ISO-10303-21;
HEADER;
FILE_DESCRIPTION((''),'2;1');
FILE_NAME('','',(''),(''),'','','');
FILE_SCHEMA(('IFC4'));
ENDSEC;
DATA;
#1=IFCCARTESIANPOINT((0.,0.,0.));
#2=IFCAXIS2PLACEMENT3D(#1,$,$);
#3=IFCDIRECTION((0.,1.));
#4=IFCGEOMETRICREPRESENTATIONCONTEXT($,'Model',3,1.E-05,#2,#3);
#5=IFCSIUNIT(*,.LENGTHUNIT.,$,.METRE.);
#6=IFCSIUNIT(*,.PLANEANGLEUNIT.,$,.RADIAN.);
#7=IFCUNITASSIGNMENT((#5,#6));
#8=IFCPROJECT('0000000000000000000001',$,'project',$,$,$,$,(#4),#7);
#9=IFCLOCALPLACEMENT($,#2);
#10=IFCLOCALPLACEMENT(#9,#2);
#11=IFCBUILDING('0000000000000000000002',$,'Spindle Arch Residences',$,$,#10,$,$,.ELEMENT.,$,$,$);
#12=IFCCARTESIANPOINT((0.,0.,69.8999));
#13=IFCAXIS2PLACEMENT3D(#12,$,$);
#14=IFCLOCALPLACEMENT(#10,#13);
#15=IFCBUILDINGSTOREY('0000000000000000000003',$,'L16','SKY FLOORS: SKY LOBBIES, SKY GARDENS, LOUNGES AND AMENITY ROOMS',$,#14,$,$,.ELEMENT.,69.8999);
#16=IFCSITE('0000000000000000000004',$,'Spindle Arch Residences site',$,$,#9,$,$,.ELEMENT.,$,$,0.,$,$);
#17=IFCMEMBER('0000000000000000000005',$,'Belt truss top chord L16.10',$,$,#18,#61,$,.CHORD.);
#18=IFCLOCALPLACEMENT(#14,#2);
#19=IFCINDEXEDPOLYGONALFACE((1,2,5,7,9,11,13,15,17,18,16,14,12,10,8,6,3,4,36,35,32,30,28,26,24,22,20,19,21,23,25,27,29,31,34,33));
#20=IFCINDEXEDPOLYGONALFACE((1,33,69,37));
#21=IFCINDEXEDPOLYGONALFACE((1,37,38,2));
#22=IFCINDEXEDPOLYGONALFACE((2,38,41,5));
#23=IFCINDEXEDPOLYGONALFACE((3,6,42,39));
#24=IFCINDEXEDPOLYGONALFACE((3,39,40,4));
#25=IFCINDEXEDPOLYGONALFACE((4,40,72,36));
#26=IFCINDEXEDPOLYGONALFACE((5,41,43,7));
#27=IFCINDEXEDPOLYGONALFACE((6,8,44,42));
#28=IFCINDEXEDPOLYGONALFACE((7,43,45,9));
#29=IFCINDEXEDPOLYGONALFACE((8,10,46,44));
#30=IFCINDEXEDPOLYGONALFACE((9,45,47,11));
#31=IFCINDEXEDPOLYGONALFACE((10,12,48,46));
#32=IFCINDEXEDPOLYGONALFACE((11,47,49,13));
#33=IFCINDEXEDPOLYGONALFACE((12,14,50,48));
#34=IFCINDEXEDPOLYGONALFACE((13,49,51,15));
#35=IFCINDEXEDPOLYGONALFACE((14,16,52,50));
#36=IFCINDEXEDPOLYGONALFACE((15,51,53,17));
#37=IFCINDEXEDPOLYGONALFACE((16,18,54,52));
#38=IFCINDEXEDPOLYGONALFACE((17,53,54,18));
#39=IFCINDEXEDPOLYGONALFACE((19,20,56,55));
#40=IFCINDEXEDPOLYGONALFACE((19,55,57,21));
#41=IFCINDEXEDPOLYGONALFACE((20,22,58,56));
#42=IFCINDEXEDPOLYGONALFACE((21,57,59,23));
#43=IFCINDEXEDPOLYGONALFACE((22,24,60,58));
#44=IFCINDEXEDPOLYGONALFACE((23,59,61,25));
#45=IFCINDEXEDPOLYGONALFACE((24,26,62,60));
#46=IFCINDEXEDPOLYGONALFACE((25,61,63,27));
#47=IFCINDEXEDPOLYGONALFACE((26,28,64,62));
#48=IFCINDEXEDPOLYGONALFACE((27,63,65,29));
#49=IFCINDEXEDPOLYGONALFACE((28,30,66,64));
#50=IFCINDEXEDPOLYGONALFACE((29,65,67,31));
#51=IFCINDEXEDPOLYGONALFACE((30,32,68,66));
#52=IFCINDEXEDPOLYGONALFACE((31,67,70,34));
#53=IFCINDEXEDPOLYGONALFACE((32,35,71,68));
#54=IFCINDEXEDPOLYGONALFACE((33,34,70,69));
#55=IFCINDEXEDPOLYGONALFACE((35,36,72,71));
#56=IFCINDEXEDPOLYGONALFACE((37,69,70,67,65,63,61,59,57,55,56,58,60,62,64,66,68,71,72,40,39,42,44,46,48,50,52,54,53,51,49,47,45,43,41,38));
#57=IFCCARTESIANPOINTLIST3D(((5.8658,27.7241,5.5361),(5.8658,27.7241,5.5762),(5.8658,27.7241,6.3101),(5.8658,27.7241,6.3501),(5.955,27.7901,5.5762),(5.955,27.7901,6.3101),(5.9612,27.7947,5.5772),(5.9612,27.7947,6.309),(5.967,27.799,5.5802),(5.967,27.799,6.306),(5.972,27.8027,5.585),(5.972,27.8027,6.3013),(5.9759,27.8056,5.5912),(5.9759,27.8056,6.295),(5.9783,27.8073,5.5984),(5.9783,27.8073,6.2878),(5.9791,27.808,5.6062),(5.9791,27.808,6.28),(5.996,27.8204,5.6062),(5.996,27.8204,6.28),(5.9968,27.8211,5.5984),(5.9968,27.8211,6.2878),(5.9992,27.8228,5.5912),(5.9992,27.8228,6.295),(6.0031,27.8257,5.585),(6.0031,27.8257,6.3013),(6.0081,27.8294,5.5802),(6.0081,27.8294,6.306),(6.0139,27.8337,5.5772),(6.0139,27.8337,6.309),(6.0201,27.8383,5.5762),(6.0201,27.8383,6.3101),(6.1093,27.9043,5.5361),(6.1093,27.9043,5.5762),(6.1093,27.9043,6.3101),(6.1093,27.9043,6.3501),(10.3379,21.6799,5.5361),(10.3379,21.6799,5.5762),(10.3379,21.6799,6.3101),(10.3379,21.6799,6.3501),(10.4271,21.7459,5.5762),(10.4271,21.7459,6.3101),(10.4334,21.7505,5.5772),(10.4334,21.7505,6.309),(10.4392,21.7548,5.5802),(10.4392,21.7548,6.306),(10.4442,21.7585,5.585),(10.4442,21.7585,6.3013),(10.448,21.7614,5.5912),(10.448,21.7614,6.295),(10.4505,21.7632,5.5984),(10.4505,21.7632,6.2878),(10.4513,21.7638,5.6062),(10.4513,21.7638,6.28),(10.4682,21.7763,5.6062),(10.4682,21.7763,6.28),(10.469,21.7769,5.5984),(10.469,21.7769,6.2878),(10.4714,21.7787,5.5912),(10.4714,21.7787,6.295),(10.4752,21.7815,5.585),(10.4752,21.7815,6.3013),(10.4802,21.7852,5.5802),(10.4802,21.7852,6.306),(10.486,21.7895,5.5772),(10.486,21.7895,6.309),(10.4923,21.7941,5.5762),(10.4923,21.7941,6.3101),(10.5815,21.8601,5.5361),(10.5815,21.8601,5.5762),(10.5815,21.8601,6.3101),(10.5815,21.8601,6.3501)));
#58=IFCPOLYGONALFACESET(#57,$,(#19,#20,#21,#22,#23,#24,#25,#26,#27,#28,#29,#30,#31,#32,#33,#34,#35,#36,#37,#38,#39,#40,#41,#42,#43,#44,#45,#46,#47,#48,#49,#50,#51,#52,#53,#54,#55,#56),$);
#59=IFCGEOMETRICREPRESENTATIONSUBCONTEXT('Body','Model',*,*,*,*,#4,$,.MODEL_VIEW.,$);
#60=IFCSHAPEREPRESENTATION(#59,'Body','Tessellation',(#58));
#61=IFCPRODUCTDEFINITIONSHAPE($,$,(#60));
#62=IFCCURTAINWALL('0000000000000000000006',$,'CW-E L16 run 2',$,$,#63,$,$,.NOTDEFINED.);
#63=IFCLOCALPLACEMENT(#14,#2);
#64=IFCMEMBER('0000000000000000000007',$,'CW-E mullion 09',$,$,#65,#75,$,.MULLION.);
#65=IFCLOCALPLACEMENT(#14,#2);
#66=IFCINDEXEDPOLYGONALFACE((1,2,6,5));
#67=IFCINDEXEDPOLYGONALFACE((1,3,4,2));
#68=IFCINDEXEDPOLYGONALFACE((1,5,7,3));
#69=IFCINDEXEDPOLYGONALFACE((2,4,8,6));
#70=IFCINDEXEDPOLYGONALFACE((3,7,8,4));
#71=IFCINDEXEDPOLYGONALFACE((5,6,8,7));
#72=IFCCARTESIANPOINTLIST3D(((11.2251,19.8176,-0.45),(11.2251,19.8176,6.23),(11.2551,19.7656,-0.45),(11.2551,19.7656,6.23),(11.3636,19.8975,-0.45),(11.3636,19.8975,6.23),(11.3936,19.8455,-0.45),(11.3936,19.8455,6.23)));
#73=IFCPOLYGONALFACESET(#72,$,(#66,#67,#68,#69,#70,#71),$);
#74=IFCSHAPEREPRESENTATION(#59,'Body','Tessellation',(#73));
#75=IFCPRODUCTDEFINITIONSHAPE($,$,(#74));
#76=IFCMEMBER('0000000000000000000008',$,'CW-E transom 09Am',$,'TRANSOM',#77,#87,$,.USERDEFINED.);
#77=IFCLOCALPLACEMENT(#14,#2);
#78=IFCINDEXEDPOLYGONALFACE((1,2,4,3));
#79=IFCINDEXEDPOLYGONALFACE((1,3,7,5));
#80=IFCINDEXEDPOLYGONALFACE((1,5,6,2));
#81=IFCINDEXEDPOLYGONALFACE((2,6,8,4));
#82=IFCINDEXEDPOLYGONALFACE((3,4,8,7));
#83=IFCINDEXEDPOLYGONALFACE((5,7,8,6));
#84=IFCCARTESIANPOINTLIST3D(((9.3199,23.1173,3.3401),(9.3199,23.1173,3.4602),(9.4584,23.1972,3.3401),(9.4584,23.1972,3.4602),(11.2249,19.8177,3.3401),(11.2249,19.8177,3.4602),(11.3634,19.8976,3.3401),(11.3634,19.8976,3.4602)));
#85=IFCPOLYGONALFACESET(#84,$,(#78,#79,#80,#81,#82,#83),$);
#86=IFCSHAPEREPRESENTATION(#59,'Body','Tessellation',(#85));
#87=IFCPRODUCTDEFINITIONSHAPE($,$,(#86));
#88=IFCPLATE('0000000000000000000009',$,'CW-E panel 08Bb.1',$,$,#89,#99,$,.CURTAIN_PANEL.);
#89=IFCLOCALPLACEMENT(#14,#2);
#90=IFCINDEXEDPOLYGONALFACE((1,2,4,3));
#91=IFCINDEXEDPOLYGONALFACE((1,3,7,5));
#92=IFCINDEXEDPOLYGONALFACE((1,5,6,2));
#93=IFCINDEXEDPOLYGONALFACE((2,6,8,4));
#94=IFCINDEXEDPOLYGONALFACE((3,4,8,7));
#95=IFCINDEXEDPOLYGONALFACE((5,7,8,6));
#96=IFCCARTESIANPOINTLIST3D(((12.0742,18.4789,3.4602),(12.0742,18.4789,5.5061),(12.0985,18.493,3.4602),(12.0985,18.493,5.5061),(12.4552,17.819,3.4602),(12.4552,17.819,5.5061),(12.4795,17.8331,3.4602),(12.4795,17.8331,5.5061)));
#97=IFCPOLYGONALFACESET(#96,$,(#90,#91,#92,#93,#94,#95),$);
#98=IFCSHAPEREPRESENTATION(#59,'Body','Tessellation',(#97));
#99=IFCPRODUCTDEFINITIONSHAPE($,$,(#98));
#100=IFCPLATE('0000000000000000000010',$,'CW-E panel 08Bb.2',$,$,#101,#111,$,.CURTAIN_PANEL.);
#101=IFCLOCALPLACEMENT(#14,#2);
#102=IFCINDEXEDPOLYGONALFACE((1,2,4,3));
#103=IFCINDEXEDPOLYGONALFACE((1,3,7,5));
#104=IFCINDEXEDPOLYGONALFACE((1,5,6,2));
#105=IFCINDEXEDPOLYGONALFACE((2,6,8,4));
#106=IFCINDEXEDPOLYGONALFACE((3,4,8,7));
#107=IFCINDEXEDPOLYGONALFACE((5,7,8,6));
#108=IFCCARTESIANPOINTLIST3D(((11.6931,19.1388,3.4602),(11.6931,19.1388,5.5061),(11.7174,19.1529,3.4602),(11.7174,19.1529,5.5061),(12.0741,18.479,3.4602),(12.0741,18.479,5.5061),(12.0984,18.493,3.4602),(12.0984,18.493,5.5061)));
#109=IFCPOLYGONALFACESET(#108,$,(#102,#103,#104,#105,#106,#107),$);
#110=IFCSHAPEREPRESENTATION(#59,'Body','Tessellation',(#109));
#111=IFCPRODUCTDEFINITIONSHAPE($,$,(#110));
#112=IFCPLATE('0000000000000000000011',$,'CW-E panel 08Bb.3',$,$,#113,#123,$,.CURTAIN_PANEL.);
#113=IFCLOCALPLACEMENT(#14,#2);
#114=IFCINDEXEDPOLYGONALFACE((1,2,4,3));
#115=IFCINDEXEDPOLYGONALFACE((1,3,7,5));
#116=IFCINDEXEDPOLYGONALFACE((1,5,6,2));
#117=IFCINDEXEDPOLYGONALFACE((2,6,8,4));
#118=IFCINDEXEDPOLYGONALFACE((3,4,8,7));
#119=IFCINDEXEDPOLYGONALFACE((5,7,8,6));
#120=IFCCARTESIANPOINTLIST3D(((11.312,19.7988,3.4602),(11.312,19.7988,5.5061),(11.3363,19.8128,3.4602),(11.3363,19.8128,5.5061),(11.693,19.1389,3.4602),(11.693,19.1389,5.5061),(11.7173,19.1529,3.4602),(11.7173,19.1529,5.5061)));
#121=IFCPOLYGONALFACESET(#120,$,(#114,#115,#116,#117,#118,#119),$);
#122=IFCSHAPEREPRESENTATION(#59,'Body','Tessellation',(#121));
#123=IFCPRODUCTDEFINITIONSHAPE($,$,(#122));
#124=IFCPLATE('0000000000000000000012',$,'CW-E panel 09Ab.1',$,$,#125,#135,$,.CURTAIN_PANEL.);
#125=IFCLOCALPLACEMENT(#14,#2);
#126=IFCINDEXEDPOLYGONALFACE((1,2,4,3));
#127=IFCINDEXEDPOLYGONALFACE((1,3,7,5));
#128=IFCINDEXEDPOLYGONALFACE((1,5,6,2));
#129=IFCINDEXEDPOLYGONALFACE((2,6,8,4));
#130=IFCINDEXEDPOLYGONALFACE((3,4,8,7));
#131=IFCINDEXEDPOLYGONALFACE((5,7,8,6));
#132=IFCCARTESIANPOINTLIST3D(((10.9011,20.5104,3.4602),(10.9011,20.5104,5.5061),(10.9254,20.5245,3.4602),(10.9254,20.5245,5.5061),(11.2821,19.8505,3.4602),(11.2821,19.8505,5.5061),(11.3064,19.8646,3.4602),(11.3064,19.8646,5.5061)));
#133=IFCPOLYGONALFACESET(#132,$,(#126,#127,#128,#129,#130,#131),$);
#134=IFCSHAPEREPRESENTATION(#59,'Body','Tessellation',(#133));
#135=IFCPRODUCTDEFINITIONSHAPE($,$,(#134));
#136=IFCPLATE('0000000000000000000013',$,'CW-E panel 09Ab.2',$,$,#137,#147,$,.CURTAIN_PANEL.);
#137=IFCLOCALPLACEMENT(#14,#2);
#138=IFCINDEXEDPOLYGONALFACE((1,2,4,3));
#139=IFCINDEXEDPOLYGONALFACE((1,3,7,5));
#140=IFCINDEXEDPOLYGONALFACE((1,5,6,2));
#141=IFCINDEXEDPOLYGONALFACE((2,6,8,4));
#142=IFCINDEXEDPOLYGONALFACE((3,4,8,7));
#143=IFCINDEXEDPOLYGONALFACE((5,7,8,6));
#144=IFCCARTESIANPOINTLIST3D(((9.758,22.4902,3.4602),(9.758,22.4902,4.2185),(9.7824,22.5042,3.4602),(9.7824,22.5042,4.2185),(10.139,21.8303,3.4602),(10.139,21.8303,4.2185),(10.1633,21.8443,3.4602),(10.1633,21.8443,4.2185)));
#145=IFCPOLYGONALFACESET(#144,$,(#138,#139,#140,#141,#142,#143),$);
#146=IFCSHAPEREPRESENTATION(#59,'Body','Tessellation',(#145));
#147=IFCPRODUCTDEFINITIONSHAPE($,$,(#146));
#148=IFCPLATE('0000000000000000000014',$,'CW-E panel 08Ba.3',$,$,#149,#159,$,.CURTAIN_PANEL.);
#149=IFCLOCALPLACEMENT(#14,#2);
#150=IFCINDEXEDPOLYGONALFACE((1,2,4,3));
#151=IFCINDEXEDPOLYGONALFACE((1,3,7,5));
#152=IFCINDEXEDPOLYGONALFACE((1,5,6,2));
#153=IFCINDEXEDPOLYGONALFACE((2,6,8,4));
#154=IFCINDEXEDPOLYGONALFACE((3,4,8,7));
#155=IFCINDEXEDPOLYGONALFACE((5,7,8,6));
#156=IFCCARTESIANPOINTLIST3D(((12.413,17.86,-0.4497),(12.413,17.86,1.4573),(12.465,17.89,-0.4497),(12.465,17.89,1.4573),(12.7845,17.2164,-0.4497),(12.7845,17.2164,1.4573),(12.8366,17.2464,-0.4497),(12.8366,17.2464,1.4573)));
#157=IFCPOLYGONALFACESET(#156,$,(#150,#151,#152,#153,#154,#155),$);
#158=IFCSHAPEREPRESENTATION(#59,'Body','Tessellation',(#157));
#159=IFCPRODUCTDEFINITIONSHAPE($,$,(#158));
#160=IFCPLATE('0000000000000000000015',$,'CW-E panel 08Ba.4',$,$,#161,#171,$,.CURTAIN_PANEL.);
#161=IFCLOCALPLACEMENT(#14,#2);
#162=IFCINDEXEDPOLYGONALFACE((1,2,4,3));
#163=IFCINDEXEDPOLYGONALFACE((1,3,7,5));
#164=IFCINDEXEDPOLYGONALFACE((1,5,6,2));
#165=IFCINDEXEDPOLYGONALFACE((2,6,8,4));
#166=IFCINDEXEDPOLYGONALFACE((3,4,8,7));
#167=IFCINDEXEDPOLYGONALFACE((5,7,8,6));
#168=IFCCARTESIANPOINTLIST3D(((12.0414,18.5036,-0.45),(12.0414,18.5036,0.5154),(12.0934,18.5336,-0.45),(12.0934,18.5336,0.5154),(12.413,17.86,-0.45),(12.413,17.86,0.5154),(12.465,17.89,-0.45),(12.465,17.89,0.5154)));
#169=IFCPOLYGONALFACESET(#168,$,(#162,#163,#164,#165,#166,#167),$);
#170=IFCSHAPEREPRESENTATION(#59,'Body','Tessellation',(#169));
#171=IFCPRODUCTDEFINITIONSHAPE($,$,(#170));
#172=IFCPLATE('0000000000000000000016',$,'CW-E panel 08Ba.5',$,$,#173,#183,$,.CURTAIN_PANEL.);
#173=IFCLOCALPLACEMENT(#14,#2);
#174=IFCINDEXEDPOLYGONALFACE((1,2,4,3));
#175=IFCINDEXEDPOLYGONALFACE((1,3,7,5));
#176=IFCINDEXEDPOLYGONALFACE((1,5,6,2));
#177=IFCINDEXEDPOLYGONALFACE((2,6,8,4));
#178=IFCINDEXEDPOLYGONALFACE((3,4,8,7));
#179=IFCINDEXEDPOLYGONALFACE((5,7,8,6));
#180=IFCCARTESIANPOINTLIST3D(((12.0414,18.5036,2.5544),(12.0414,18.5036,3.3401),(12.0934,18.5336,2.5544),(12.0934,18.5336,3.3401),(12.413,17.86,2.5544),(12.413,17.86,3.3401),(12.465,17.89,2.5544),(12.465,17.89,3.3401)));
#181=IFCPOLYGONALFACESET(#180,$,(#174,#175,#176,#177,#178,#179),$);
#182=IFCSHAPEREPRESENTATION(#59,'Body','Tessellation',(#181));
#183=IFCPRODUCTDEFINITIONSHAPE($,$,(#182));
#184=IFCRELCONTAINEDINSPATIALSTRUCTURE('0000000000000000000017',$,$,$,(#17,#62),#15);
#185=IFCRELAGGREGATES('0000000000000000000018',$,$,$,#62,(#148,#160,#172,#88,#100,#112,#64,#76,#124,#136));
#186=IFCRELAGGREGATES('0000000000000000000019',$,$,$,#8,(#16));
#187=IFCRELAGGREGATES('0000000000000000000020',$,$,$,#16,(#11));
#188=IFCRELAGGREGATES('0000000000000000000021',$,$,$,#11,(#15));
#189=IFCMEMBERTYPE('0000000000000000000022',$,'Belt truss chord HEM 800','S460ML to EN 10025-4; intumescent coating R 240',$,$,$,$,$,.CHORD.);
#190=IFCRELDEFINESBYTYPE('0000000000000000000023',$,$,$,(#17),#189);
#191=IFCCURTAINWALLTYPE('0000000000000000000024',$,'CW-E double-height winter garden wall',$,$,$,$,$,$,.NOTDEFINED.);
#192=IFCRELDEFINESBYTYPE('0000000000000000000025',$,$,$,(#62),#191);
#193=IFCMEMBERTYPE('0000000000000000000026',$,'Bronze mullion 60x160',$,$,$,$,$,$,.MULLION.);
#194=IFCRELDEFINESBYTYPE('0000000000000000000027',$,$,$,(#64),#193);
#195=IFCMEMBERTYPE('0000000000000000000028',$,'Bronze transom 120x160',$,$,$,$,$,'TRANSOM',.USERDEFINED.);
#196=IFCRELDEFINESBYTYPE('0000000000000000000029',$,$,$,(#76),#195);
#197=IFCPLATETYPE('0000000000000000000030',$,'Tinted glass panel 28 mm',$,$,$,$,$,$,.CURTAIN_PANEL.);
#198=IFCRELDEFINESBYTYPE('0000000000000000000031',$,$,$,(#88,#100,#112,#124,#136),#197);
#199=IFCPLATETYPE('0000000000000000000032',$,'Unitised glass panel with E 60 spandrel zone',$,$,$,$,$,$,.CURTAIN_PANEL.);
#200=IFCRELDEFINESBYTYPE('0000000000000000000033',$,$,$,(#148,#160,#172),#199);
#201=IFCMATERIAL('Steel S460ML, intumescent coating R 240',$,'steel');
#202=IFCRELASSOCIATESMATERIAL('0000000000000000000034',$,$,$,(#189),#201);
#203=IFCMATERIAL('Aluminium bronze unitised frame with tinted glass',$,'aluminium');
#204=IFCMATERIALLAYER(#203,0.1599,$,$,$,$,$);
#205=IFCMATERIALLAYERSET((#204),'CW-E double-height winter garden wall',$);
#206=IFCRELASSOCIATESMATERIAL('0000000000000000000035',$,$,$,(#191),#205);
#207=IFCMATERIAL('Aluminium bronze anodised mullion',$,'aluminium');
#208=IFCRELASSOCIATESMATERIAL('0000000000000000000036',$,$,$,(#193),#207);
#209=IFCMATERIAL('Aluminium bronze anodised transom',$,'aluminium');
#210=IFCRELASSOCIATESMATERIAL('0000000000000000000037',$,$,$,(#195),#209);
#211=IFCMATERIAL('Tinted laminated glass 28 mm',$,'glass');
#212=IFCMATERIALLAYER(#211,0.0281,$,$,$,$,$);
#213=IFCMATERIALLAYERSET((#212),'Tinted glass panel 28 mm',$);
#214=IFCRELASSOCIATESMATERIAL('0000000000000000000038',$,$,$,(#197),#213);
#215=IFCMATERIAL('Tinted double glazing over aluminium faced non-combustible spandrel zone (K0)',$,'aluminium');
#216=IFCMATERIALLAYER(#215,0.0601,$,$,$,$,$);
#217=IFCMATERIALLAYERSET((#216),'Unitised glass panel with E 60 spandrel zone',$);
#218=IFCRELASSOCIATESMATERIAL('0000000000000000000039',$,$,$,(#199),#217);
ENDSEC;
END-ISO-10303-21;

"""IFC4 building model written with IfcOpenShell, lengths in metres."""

from ifc_helpers import new_model, si_unit, direction, frame, origin, origin_2d, place, context, subcontext, project, spatial, rectangle, i_section, extrude, material, layer, layer_set, material_profile, profile_set, type_object, element, aggregate, save


model = new_model("IFC4")

# Units and contexts
model_context = context("Model", 3, precision=1e-05, world=origin(), true_north=direction((0.0, 1.0)))
body_context = subcontext(model_context, "Body", "Model", "MODEL_VIEW")
ifc_project = project(units=[si_unit("LENGTHUNIT", "METRE"), si_unit("PLANEANGLEUNIT", "RADIAN")], contexts=[model_context])

# Site, building, storey
site_placement = place(None, origin())
site = spatial("IfcSite", under=ifc_project, at=site_placement, Name="Spindle Arch Residences site", CompositionType="ELEMENT", RefElevation=0.0)
building_placement = place(site_placement, origin())
building = spatial("IfcBuilding", under=site, at=building_placement, Name="Spindle Arch Residences", CompositionType="ELEMENT")
storey_placement = place(building_placement, frame((0.0, 0.0, 69.8999)))
storey = spatial("IfcBuildingStorey", under=building, at=storey_placement, Name="L16", Description="SKY FLOORS: SKY LOBBIES, SKY GARDENS, LOUNGES AND AMENITY ROOMS", CompositionType="ELEMENT", Elevation=69.8999)

# Member
ifc_material_1 = material(Name="Steel S460ML, intumescent coating R 240", Category="steel")
ifc_material_profile_1 = material_profile(ifc_material_1, i_section(OverallWidth=0.303, OverallDepth=0.814, WebThickness=0.021, FlangeThickness=0.04, FilletRadius=0.03, at=origin_2d()), Name="HEM 800")
ifc_profile_set_1 = profile_set([ifc_material_profile_1], Name="Steel S460ML, intumescent coating R 240")
member_type_1 = type_object("IfcMemberType", Name="Belt truss chord HEM 800", Description="S460ML to EN 10025-4; intumescent coating R 240", PredefinedType="CHORD", material=ifc_profile_set_1)
member_1_placement = place(storey_placement, frame((10.4597, 21.77, 5.9431), z_axis=(-0.594797, 0.803876, 0.0), x_axis=(-0.803876, -0.594797, 0.0)))
element("IfcMember", 1, at=member_1_placement, inside=storey, type_object=member_type_1, Name="Belt truss top chord L16.10", PredefinedType="CHORD", context=body_context, shape_type="SweptSolid", body=[
    extrude(i_section(OverallWidth=0.303, OverallDepth=0.814, WebThickness=0.021, FlangeThickness=0.04, FilletRadius=0.03, at=origin_2d()), origin(), (0.0, 0.0, 1.0), 7.5188),
])

# Curtain wall, members, plates
ifc_material_2 = material(Name="Aluminium bronze unitised frame with tinted glass", Category="aluminium")
ifc_layer_1 = layer(ifc_material_2, 0.1599)
ifc_layer_set_1 = layer_set([ifc_layer_1], Name="CW-E double-height winter garden wall")
curtain_wall_type = type_object("IfcCurtainWallType", Name="CW-E double-height winter garden wall", PredefinedType="NOTDEFINED", material=ifc_layer_set_1)
curtain_wall_placement = place(storey_placement, origin())
curtain_wall = element("IfcCurtainWall", 2, at=curtain_wall_placement, inside=storey, type_object=curtain_wall_type, Name="CW-E L16 run 2", PredefinedType="NOTDEFINED")
ifc_material_3 = material(Name="Aluminium bronze anodised mullion", Category="aluminium")
ifc_material_profile_2 = material_profile(ifc_material_3, rectangle(XDim=0.1599, YDim=0.0601, at=origin_2d()), Name="MU 60x160")
ifc_profile_set_2 = profile_set([ifc_material_profile_2], Name="Aluminium bronze anodised mullion")
member_type_2 = type_object("IfcMemberType", Name="Bronze mullion 60x160", PredefinedType="MULLION", material=ifc_profile_set_2)
member_2_placement = place(storey_placement, frame((11.3093, 19.8315, -0.45), z_axis=(0.0, 0.0, 1.0), x_axis=(-0.866025, -0.5, 0.0)))
member_2 = element("IfcMember", 3, at=member_2_placement, type_object=member_type_2, Name="CW-E mullion 09", PredefinedType="MULLION", context=body_context, shape_type="SweptSolid", body=[
    extrude(rectangle(XDim=0.1599, YDim=0.0601, at=origin_2d()), origin(), (0.0, 0.0, 1.0), 6.6799),
])
ifc_material_4 = material(Name="Aluminium bronze anodised transom", Category="aluminium")
ifc_material_profile_3 = material_profile(ifc_material_4, rectangle(XDim=0.1599, YDim=0.1201, at=origin_2d()), Name="TR 120x160")
ifc_profile_set_3 = profile_set([ifc_material_profile_3], Name="Aluminium bronze anodised transom")
member_type_3 = type_object("IfcMemberType", Name="Bronze transom 120x160", ElementType="TRANSOM", PredefinedType="USERDEFINED", material=ifc_profile_set_3)
member_3_placement = place(storey_placement, frame((11.2942, 19.8577, 3.4001), z_axis=(-0.500005, 0.866022, 0.0), x_axis=(-0.866022, -0.500005, 0.0)))
member_3 = element("IfcMember", 4, at=member_3_placement, type_object=member_type_3, Name="CW-E transom 09Am", ObjectType="TRANSOM", PredefinedType="USERDEFINED", context=body_context, shape_type="SweptSolid", body=[
    extrude(rectangle(XDim=0.1599, YDim=0.1201, at=origin_2d()), origin(), (0.0, 0.0, 1.0), 3.8101),
])
ifc_material_5 = material(Name="Tinted laminated glass 28 mm", Category="glass")
ifc_layer_2 = layer(ifc_material_5, 0.0281)
ifc_layer_set_2 = layer_set([ifc_layer_2], Name="Tinted glass panel 28 mm")
plate_type_1 = type_object("IfcPlateType", Name="Tinted glass panel 28 mm", PredefinedType="CURTAIN_PANEL", material=ifc_layer_set_2)
plate_1_placement = place(storey_placement, frame((12.2769, 18.156, 3.4602), z_axis=(0.0, 0.0, 1.0), x_axis=(-0.5, 0.866025, 0.0)))
plate_1 = element("IfcPlate", 5, at=plate_1_placement, type_object=plate_type_1, Name="CW-E panel 08Bb.1", PredefinedType="CURTAIN_PANEL", context=body_context, shape_type="SweptSolid", body=[
    extrude(rectangle(XDim=0.762, YDim=0.0281, at=origin_2d()), origin(), (0.0, 0.0, 1.0), 2.0459),
])
plate_2_placement = place(storey_placement, frame((11.8958, 18.8159, 3.4602), z_axis=(0.0, 0.0, 1.0), x_axis=(-0.5, 0.866025, 0.0)))
plate_2 = element("IfcPlate", 6, at=plate_2_placement, type_object=plate_type_1, Name="CW-E panel 08Bb.2", PredefinedType="CURTAIN_PANEL", context=body_context, shape_type="SweptSolid", body=[
    extrude(rectangle(XDim=0.762, YDim=0.0281, at=origin_2d()), origin(), (0.0, 0.0, 1.0), 2.0459),
])
plate_3_placement = place(storey_placement, frame((11.5146, 19.4758, 3.4602), z_axis=(0.0, 0.0, 1.0), x_axis=(-0.5, 0.866025, 0.0)))
plate_3 = element("IfcPlate", 7, at=plate_3_placement, type_object=plate_type_1, Name="CW-E panel 08Bb.3", PredefinedType="CURTAIN_PANEL", context=body_context, shape_type="SweptSolid", body=[
    extrude(rectangle(XDim=0.762, YDim=0.0281, at=origin_2d()), origin(), (0.0, 0.0, 1.0), 2.0459),
])
plate_4_placement = place(storey_placement, frame((11.1038, 20.1875, 3.4602), z_axis=(0.0, 0.0, 1.0), x_axis=(-0.5, 0.866025, 0.0)))
plate_4 = element("IfcPlate", 8, at=plate_4_placement, type_object=plate_type_1, Name="CW-E panel 09Ab.1", PredefinedType="CURTAIN_PANEL", context=body_context, shape_type="SweptSolid", body=[
    extrude(rectangle(XDim=0.762, YDim=0.0281, at=origin_2d()), origin(), (0.0, 0.0, 1.0), 2.0459),
])
plate_5_placement = place(storey_placement, frame((9.9607, 22.1672, 3.4602), z_axis=(0.0, 0.0, 1.0), x_axis=(-0.5, 0.866025, 0.0)))
plate_5 = element("IfcPlate", 9, at=plate_5_placement, type_object=plate_type_1, Name="CW-E panel 09Ab.2", PredefinedType="CURTAIN_PANEL", context=body_context, shape_type="SweptSolid", body=[
    extrude(rectangle(XDim=0.762, YDim=0.0281, at=origin_2d()), origin(), (0.0, 0.0, 1.0), 0.7583),
])
ifc_material_6 = material(Name="Tinted double glazing over aluminium faced non-combustible spandrel zone (K0)", Category="aluminium")
ifc_layer_3 = layer(ifc_material_6, 0.0601)
ifc_layer_set_3 = layer_set([ifc_layer_3], Name="Unitised glass panel with E 60 spandrel zone")
plate_type_2 = type_object("IfcPlateType", Name="Unitised glass panel with E 60 spandrel zone", PredefinedType="CURTAIN_PANEL", material=ifc_layer_set_3)
plate_6_placement = place(storey_placement, frame((12.6248, 17.5532, -0.4497), z_axis=(0.0, 0.0, 1.0), x_axis=(-0.5, 0.866025, 0.0)))
plate_6 = element("IfcPlate", 10, at=plate_6_placement, type_object=plate_type_2, Name="CW-E panel 08Ba.3", PredefinedType="CURTAIN_PANEL", context=body_context, shape_type="SweptSolid", body=[
    extrude(rectangle(XDim=0.7432, YDim=0.0601, at=origin_2d()), origin(), (0.0, 0.0, 1.0), 1.907),
])
plate_7_placement = place(storey_placement, frame((12.2532, 18.1968, -0.45), z_axis=(0.0, 0.0, 1.0), x_axis=(-0.5, 0.866025, 0.0)))
plate_7 = element("IfcPlate", 11, at=plate_7_placement, type_object=plate_type_2, Name="CW-E panel 08Ba.4", PredefinedType="CURTAIN_PANEL", context=body_context, shape_type="SweptSolid", body=[
    extrude(rectangle(XDim=0.7432, YDim=0.0601, at=origin_2d()), origin(), (0.0, 0.0, 1.0), 0.9653),
])
plate_8_placement = place(storey_placement, frame((12.2532, 18.1968, 2.5544), z_axis=(0.0, 0.0, 1.0), x_axis=(-0.5, 0.866025, 0.0)))
plate_8 = element("IfcPlate", 12, at=plate_8_placement, type_object=plate_type_2, Name="CW-E panel 08Ba.5", PredefinedType="CURTAIN_PANEL", context=body_context, shape_type="SweptSolid", body=[
    extrude(rectangle(XDim=0.7432, YDim=0.0601, at=origin_2d()), origin(), (0.0, 0.0, 1.0), 0.7856),
])
aggregate(curtain_wall, [plate_6, plate_7, plate_8, plate_1, plate_2, plate_3, member_2, member_3, plate_4, plate_5])

save(model, "model.ifc")
